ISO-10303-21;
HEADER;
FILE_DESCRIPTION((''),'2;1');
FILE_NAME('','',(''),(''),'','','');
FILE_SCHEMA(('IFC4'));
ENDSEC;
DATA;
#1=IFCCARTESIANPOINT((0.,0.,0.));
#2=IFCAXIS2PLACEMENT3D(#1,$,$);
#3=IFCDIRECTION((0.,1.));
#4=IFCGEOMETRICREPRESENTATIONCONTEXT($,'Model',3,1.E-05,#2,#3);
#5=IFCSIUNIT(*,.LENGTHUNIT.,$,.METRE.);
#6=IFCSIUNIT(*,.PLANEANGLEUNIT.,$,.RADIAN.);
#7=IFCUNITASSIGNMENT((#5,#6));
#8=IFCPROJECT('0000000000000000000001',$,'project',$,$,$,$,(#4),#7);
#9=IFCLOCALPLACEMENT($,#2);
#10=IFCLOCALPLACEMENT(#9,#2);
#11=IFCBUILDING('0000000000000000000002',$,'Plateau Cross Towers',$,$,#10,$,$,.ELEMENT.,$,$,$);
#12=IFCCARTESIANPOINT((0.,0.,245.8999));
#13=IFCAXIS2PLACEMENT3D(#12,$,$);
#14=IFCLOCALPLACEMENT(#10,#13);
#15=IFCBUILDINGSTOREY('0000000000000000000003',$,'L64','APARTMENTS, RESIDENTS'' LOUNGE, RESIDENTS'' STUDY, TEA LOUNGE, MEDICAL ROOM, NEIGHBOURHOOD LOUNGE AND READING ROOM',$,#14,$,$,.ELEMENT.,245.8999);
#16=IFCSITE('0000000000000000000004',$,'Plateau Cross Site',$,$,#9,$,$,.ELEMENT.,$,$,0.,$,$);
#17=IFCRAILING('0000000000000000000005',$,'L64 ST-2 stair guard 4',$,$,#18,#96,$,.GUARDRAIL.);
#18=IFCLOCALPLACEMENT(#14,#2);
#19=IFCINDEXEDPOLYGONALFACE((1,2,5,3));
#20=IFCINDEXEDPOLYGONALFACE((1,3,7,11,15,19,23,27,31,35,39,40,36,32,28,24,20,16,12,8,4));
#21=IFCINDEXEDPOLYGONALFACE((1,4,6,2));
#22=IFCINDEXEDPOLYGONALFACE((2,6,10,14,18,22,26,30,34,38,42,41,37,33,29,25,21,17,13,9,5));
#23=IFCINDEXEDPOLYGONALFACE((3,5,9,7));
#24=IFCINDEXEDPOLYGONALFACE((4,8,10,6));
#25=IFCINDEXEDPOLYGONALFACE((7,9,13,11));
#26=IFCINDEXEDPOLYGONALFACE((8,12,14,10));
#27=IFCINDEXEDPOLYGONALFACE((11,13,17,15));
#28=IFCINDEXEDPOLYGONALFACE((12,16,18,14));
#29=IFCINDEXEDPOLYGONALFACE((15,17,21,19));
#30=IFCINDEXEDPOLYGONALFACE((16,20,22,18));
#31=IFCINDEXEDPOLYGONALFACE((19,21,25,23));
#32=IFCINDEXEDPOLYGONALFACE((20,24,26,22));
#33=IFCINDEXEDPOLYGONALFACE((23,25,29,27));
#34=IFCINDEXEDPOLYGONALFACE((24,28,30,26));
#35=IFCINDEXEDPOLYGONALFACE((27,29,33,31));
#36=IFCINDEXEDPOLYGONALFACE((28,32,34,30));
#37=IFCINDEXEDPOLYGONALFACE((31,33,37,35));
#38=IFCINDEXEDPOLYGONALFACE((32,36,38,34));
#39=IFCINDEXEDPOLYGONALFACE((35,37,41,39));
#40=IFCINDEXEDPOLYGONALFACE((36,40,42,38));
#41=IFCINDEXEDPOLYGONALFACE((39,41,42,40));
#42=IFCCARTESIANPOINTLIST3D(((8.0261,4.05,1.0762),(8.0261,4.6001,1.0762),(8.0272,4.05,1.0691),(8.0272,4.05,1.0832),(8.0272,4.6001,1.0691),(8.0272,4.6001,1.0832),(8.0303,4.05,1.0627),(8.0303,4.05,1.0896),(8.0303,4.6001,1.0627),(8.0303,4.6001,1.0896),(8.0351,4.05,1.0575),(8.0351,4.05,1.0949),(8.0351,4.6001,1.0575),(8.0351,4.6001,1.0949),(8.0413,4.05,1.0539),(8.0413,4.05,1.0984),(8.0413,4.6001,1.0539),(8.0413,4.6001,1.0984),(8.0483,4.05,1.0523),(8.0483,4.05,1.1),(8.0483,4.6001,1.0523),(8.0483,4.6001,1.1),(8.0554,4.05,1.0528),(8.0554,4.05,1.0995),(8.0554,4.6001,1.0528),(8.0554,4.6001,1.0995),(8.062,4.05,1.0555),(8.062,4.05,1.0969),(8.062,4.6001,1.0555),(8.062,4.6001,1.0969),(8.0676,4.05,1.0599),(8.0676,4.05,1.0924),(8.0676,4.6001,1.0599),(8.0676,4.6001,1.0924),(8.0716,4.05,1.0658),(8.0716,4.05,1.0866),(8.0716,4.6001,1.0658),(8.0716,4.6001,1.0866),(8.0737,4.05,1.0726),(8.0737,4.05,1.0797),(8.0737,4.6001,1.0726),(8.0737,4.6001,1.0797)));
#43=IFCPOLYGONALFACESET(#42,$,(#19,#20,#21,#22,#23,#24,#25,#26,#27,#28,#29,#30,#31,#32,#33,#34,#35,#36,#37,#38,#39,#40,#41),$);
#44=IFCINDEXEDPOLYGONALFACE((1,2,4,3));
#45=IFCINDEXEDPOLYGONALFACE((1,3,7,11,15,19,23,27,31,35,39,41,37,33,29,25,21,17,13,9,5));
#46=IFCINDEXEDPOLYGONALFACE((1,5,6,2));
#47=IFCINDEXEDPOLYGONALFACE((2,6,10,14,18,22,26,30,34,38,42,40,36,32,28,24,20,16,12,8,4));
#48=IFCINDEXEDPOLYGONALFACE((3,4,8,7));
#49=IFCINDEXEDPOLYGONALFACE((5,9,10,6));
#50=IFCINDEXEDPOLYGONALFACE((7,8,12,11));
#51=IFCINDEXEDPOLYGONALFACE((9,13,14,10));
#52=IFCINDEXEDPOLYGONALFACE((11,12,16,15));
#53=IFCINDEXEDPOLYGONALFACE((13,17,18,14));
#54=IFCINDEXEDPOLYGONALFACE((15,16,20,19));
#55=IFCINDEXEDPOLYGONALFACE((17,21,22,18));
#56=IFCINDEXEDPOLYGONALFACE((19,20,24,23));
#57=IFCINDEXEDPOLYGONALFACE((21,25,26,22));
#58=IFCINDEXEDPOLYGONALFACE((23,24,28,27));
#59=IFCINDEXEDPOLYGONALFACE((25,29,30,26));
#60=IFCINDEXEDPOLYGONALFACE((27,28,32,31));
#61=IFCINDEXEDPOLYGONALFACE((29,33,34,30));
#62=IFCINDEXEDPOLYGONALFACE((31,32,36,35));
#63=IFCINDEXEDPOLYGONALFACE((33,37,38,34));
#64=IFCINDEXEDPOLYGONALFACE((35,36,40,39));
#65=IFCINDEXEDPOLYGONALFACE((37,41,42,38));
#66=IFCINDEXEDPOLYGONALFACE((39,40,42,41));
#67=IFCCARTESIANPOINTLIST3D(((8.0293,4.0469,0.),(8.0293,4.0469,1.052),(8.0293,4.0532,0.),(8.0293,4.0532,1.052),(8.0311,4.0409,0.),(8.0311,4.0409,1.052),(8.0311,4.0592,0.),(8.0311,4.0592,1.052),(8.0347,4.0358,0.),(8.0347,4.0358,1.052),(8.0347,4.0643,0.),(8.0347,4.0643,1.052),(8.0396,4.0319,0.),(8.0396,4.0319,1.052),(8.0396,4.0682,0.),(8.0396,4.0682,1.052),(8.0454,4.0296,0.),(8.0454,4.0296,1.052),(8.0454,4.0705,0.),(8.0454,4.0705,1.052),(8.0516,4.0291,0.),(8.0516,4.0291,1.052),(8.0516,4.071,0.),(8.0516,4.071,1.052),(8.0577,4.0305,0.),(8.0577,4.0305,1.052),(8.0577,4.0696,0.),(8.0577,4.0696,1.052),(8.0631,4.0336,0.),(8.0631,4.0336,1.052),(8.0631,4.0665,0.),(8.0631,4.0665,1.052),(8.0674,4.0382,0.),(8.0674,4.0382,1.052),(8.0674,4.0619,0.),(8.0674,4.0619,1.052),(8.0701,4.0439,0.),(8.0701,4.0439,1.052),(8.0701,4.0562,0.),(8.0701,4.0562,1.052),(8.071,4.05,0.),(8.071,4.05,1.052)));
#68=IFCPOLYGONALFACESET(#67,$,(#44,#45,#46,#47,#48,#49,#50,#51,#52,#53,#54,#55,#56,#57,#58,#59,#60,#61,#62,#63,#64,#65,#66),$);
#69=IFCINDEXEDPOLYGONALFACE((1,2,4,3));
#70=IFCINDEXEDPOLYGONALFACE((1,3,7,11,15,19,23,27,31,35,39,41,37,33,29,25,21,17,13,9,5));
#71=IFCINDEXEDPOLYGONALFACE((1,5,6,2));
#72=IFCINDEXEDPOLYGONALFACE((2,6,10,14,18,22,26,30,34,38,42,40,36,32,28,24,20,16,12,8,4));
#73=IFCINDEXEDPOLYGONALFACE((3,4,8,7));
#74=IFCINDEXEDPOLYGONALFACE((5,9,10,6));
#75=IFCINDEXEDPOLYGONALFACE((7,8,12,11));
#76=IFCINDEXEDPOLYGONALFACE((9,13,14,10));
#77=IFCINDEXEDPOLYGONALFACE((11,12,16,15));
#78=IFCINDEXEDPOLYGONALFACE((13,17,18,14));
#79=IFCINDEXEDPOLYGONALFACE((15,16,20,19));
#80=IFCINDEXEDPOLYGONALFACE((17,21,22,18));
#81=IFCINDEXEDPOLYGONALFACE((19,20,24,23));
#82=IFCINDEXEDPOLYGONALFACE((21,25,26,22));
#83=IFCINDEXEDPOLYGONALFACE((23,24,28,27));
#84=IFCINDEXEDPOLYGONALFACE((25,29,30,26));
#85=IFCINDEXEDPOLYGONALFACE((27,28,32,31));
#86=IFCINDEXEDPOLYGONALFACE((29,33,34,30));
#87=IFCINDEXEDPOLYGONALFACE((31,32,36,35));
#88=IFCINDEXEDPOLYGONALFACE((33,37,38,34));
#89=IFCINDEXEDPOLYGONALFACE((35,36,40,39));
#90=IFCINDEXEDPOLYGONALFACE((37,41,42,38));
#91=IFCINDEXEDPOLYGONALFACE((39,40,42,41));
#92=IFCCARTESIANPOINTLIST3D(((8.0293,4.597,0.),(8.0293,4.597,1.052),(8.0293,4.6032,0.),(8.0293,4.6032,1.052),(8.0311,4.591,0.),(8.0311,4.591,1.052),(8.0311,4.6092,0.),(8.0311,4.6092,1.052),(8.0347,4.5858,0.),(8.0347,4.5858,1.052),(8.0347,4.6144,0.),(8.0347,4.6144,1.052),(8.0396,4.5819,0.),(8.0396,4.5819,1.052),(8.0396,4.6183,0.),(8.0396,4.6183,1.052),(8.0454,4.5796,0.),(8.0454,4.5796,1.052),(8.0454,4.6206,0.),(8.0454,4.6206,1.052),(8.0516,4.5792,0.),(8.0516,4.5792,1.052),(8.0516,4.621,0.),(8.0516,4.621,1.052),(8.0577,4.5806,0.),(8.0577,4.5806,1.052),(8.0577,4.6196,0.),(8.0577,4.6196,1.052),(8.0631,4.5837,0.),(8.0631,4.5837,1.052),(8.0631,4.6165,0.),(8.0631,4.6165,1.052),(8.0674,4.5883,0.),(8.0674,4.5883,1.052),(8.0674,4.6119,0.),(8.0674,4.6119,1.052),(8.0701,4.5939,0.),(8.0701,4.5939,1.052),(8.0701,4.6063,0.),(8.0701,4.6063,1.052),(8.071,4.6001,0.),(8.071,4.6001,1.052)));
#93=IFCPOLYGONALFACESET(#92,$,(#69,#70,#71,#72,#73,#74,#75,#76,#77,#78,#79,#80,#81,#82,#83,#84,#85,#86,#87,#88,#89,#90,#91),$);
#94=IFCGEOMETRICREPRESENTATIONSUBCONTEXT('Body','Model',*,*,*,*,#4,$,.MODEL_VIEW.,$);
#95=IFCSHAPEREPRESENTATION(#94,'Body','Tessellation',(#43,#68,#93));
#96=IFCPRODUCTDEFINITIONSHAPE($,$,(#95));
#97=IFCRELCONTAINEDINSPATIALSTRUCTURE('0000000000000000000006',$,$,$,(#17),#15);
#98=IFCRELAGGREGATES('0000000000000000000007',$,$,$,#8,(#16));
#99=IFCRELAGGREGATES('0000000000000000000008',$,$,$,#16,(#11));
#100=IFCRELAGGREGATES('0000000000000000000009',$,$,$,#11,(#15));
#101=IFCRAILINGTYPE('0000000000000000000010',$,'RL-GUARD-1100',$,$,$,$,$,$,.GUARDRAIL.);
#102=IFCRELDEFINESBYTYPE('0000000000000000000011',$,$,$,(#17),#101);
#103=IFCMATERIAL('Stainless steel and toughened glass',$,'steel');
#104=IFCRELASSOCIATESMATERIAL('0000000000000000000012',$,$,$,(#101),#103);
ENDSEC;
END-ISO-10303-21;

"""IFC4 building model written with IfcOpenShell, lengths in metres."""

from ifc_helpers import new_model, si_unit, direction, frame, origin, origin_2d, place, context, subcontext, project, spatial, circle, extrude, material, type_object, element, save


model = new_model("IFC4")

# Units and contexts
model_context = context("Model", 3, precision=1e-05, world=origin(), true_north=direction((0.0, 1.0)))
body_context = subcontext(model_context, "Body", "Model", "MODEL_VIEW")
ifc_project = project(units=[si_unit("LENGTHUNIT", "METRE"), si_unit("PLANEANGLEUNIT", "RADIAN")], contexts=[model_context])

# Site, building, storey
site_placement = place(None, origin())
site = spatial("IfcSite", under=ifc_project, at=site_placement, Name="Plateau Cross Site", CompositionType="ELEMENT", RefElevation=0.0)
building_placement = place(site_placement, origin())
building = spatial("IfcBuilding", under=site, at=building_placement, Name="Plateau Cross Towers", CompositionType="ELEMENT")
storey_placement = place(building_placement, frame((0.0, 0.0, 245.8999)))
storey = spatial("IfcBuildingStorey", under=building, at=storey_placement, Name="L64", Description="APARTMENTS, RESIDENTS' LOUNGE, RESIDENTS' STUDY, TEA LOUNGE, MEDICAL ROOM, NEIGHBOURHOOD LOUNGE AND READING ROOM", CompositionType="ELEMENT", Elevation=245.8999)

# Railing
ifc_material_1 = material(Name="Stainless steel and toughened glass", Category="steel")
railing_type_1 = type_object("IfcRailingType", Name="RL-GUARD-1100", PredefinedType="GUARDRAIL", material=ifc_material_1)
railing_1_placement = place(storey_placement, frame((8.05, 4.05, 0.0)))
element("IfcRailing", 1, at=railing_1_placement, inside=storey, type_object=railing_type_1, Name="L64 ST-2 stair guard 4", PredefinedType="GUARDRAIL", context=body_context, shape_type="SweptSolid", body=[
    extrude(circle(Radius=0.0239, at=origin_2d()), frame((0.0, 0.0, 1.0762), z_axis=(0.0, 1.0, 0.0), x_axis=(-1.0, 0.0, 0.0)), (0.0, 0.0, 1.0), 0.55),
    extrude(circle(Radius=0.021, at=origin_2d()), origin(), (0.0, 0.0, 1.0), 1.052),
    extrude(circle(Radius=0.021, at=origin_2d()), frame((0.0, 0.55, 0.0)), (0.0, 0.0, 1.0), 1.052),
])

save(model, "model.ifc")
